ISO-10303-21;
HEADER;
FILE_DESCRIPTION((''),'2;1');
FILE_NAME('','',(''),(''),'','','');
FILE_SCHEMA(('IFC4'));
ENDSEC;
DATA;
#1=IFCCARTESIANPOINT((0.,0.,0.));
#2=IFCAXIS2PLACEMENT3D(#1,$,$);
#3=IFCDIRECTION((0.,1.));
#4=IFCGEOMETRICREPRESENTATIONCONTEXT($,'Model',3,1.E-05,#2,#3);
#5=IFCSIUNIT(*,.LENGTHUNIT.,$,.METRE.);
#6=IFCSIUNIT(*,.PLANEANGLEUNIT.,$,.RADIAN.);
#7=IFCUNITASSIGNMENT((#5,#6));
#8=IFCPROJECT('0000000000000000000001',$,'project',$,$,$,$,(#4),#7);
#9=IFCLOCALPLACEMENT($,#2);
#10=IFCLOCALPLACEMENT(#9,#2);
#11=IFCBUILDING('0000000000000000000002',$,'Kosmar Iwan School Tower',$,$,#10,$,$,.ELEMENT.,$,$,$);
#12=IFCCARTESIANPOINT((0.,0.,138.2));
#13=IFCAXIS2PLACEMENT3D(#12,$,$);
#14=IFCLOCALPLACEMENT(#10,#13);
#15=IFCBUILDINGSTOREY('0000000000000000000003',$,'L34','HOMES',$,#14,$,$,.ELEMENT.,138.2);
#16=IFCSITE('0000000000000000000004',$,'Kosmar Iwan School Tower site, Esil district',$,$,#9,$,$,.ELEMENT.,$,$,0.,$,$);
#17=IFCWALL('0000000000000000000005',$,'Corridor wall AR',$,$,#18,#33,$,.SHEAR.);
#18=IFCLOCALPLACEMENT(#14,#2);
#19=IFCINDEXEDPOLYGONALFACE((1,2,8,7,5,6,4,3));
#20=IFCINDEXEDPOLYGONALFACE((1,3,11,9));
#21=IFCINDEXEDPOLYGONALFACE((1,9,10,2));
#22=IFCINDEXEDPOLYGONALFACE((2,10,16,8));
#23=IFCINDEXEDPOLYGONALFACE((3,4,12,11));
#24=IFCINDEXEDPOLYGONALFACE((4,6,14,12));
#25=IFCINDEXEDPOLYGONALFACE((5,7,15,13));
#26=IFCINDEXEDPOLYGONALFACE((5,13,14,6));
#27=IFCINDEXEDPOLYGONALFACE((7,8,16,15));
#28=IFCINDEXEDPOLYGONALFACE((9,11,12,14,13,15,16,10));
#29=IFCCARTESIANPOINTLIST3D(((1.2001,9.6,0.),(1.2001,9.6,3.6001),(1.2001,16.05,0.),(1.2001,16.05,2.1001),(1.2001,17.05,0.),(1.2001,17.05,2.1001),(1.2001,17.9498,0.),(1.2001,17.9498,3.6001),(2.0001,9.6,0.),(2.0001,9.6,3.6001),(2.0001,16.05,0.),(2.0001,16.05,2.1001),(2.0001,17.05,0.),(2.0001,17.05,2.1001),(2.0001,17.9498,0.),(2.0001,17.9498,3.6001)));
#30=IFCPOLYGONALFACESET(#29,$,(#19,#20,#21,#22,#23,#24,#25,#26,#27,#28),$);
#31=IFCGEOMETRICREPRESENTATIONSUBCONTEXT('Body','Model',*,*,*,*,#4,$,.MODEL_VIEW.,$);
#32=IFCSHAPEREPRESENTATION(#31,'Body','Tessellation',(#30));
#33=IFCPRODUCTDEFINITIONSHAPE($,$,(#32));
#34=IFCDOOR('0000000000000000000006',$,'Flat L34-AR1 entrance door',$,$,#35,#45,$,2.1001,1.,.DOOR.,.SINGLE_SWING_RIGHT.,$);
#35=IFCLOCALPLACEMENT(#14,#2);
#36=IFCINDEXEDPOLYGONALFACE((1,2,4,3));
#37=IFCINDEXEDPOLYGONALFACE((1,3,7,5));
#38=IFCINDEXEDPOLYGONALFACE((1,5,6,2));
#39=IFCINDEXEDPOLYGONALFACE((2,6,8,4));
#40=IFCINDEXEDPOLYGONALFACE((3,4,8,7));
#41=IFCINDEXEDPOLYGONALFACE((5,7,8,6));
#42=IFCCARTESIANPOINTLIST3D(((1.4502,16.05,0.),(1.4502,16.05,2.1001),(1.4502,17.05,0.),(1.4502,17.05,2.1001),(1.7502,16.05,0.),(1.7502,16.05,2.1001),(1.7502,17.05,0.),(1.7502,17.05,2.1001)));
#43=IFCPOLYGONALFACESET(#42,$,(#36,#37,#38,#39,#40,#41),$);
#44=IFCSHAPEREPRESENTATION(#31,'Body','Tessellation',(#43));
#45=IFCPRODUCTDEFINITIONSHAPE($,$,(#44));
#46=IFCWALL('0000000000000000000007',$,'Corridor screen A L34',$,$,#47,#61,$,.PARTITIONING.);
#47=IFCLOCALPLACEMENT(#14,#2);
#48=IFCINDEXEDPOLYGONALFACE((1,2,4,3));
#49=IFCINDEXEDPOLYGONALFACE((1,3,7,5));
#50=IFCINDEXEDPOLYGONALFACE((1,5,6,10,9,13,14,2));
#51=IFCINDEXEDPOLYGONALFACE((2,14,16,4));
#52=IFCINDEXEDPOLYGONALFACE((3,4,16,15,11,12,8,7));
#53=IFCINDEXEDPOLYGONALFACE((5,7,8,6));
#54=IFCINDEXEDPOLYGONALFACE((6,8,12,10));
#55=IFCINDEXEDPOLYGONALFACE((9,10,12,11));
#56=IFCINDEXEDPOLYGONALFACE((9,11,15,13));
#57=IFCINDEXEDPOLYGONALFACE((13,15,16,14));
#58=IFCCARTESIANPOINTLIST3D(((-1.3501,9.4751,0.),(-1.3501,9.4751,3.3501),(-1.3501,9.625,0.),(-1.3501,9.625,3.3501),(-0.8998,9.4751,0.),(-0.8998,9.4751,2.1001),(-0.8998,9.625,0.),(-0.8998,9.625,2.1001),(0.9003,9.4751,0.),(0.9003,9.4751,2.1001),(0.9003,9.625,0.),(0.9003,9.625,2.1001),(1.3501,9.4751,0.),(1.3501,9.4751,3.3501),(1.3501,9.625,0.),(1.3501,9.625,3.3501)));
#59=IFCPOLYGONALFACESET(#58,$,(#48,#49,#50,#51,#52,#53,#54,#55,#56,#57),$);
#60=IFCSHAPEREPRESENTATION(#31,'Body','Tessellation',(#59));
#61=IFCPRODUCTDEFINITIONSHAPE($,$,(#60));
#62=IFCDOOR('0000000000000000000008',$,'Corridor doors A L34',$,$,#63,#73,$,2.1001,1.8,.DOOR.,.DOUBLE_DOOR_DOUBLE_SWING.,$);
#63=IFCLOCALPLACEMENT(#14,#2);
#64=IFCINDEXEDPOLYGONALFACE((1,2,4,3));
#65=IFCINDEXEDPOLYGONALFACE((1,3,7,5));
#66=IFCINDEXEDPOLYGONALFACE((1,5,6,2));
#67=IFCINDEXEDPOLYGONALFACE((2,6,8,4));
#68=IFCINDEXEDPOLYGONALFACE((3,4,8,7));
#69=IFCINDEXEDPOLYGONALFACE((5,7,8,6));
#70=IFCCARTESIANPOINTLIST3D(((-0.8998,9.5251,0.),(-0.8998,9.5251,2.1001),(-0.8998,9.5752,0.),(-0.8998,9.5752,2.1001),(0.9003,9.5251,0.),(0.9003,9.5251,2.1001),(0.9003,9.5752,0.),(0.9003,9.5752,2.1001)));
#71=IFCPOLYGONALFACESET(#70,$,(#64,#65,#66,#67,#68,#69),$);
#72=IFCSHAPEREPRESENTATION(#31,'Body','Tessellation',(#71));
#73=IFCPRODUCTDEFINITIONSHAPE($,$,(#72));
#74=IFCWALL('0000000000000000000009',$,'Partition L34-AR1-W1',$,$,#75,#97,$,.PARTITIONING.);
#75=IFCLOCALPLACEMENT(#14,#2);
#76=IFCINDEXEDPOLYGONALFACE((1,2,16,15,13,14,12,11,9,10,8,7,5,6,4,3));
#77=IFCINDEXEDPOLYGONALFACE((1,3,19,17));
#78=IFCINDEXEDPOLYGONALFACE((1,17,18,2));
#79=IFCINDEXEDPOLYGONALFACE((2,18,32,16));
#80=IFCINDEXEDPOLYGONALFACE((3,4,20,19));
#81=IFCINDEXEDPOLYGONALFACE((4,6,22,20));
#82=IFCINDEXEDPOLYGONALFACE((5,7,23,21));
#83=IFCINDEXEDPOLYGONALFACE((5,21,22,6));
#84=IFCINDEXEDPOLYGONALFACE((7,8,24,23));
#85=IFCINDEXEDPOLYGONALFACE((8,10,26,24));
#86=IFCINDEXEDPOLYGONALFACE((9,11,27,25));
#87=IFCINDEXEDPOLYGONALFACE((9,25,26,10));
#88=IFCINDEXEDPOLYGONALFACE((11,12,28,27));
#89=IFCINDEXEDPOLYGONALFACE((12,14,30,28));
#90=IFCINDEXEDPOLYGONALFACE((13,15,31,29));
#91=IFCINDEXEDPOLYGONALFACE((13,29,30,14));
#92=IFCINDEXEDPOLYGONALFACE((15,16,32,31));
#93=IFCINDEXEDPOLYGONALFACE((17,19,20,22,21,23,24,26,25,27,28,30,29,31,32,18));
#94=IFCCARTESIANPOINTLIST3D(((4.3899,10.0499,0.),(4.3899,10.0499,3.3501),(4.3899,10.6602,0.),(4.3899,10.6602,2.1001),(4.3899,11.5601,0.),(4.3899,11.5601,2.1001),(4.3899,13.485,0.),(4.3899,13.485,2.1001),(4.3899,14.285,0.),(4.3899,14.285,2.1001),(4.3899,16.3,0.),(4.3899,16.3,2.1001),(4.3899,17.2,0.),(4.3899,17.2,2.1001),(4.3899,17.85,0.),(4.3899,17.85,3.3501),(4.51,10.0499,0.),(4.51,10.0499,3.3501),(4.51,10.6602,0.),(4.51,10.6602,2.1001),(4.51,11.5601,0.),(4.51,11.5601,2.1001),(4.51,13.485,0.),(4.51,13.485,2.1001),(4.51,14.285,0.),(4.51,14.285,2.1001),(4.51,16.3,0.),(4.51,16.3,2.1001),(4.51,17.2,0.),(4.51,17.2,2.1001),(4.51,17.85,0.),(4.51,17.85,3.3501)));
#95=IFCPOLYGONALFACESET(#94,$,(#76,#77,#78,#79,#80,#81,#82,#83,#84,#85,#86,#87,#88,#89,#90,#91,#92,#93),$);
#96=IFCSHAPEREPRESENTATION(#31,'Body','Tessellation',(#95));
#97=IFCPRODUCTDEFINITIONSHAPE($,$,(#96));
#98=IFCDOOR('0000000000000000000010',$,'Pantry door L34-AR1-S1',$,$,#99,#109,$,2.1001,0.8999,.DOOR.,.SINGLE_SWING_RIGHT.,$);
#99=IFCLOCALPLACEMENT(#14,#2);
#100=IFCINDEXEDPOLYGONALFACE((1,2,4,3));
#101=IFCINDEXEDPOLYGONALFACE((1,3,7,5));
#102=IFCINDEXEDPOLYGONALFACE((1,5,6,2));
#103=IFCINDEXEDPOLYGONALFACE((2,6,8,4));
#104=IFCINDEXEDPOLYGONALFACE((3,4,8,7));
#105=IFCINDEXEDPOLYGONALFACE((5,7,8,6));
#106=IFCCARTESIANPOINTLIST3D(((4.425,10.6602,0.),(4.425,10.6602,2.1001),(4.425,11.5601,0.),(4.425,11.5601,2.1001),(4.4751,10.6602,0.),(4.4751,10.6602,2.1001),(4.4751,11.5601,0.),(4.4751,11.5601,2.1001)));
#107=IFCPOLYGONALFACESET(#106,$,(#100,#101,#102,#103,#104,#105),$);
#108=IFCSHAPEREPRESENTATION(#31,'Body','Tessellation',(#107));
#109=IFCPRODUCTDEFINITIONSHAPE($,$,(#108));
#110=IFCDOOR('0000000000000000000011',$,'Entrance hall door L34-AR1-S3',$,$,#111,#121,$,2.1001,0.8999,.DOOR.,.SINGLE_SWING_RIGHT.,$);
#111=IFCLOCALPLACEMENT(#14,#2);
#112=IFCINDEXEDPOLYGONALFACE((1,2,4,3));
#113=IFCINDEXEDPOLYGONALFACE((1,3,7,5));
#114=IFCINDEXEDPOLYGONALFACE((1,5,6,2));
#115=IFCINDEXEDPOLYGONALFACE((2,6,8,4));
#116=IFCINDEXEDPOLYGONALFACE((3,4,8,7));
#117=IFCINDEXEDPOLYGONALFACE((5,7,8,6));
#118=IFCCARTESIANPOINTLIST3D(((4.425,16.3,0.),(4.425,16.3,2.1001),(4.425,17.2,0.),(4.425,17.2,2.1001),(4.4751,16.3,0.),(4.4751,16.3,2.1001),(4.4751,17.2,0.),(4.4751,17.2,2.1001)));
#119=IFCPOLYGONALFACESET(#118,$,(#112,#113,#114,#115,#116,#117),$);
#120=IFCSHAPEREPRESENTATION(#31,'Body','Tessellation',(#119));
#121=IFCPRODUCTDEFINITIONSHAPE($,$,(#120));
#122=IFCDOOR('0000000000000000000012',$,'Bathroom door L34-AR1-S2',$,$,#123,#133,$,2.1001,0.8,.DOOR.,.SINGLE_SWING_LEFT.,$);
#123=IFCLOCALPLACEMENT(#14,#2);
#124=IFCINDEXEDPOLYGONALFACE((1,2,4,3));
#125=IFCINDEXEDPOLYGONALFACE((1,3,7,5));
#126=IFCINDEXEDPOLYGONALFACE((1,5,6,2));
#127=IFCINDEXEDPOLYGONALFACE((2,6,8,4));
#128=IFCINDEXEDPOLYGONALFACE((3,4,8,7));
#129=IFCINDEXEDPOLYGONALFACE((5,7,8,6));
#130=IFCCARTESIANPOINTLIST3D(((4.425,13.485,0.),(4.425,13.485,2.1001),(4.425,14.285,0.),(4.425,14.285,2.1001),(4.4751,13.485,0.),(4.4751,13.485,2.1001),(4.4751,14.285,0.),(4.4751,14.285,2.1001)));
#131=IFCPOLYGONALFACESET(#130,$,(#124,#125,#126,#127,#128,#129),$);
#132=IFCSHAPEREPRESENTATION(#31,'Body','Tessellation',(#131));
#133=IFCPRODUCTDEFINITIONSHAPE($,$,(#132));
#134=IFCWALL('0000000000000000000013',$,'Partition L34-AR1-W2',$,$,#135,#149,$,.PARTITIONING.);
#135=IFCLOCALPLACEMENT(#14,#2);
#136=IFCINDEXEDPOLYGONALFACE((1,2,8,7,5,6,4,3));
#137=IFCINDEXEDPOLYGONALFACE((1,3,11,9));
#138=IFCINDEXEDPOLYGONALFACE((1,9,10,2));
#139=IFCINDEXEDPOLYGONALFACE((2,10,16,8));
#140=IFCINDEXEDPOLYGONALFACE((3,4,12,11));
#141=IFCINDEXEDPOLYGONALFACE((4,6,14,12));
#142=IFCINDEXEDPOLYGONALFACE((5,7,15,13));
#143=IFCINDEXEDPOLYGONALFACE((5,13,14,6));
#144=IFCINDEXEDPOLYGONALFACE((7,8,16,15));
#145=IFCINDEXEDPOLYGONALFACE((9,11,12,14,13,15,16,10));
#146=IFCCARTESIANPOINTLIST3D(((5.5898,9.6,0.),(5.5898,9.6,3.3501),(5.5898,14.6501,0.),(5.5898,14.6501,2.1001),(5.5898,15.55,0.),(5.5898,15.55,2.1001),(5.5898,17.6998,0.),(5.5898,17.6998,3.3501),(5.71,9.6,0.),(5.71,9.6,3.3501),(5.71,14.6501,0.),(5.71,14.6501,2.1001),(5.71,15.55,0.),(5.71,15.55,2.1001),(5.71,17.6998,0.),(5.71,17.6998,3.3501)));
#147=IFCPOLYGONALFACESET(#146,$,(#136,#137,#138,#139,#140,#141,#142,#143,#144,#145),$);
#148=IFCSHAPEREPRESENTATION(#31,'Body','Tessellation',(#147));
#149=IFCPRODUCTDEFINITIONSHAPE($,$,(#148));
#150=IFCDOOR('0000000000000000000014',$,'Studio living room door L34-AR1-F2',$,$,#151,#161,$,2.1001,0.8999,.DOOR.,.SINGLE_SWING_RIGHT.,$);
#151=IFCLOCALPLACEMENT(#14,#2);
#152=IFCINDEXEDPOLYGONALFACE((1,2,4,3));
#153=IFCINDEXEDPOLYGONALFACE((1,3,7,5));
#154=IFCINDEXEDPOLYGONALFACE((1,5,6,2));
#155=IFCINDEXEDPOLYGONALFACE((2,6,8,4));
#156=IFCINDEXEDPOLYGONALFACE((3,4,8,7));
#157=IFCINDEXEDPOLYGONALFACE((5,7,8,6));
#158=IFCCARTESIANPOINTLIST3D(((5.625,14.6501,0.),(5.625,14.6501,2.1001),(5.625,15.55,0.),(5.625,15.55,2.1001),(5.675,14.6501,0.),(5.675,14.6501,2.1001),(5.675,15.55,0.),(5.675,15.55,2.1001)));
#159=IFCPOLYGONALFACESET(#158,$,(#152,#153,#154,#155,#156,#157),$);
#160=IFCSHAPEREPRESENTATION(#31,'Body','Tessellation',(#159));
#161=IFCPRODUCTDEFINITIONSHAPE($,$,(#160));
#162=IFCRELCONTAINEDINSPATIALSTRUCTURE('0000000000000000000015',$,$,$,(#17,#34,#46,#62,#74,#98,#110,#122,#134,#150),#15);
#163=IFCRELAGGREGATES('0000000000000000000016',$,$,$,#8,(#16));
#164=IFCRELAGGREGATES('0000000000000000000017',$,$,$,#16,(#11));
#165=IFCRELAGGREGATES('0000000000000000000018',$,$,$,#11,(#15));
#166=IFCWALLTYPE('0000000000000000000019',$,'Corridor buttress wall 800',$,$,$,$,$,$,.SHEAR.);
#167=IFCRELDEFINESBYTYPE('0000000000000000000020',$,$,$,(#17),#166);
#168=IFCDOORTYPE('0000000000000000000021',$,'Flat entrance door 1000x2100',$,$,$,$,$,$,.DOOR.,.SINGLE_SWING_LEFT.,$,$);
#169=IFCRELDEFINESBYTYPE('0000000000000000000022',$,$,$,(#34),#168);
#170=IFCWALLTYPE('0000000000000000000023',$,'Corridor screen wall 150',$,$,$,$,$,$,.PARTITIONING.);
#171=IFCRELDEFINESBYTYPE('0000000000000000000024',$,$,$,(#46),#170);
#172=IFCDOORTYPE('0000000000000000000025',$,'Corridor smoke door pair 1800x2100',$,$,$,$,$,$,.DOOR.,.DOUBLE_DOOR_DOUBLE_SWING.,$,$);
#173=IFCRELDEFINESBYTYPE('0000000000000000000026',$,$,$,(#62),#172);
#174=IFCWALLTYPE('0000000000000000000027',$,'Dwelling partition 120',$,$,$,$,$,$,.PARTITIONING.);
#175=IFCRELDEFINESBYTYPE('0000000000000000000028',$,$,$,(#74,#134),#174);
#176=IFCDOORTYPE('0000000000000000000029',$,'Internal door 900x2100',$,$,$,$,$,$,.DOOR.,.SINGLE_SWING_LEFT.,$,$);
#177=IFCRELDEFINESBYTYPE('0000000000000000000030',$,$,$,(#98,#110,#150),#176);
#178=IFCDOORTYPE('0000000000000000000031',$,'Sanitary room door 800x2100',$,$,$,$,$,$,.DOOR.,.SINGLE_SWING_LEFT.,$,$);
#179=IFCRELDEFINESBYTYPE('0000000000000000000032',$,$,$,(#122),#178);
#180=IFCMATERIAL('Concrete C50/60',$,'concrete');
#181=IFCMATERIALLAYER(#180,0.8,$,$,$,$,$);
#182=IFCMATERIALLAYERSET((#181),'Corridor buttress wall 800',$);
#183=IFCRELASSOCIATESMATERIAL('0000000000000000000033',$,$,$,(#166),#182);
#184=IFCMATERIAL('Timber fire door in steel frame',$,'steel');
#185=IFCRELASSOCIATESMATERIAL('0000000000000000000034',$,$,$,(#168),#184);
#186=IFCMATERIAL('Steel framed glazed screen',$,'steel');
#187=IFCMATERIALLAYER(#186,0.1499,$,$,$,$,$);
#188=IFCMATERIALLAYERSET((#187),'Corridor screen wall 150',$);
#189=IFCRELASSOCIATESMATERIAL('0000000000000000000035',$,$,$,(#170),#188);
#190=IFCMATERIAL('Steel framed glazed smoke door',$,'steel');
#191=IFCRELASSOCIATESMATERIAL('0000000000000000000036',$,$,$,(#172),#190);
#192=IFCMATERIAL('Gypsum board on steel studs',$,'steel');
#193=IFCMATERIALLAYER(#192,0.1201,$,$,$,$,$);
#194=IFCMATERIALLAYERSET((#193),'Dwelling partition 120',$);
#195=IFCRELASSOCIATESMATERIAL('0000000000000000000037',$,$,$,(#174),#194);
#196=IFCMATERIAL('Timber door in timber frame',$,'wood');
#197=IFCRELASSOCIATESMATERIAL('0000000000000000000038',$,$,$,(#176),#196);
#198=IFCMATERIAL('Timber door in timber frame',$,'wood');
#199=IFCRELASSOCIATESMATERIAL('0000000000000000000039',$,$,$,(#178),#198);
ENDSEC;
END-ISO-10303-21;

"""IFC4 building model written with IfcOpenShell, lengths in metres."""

from ifc_helpers import new_model, si_unit, direction, frame, frame_2d, origin, place, context, subcontext, project, spatial, rectangle, extrude, material, layer, layer_set, type_object, element, fill, save


model = new_model("IFC4")

# Units and contexts
model_context = context("Model", 3, precision=1e-05, world=origin(), true_north=direction((0.0, 1.0)))
body_context = subcontext(model_context, "Body", "Model", "MODEL_VIEW")
ifc_project = project(units=[si_unit("LENGTHUNIT", "METRE"), si_unit("PLANEANGLEUNIT", "RADIAN")], contexts=[model_context])

# Site, building, storey
site_placement = place(None, origin())
site = spatial("IfcSite", under=ifc_project, at=site_placement, Name="Kosmar Iwan School Tower site, Esil district", CompositionType="ELEMENT", RefElevation=0.0)
building_placement = place(site_placement, origin())
building = spatial("IfcBuilding", under=site, at=building_placement, Name="Kosmar Iwan School Tower", CompositionType="ELEMENT")
storey_placement = place(building_placement, frame((0.0, 0.0, 138.2)))
storey = spatial("IfcBuildingStorey", under=building, at=storey_placement, Name="L34", Description="HOMES", CompositionType="ELEMENT", Elevation=138.2)

# Walls, openings, doors
ifc_material_1 = material(Name="Concrete C50/60", Category="concrete")
ifc_layer_1 = layer(ifc_material_1, 0.8)
ifc_layer_set_1 = layer_set([ifc_layer_1], Name="Corridor buttress wall 800")
wall_type_1 = type_object("IfcWallType", Name="Corridor buttress wall 800", PredefinedType="SHEAR", material=ifc_layer_set_1)
wall_1_placement = place(storey_placement, frame((1.6001, 9.6001, 0.0), z_axis=(0.0, 0.0, 1.0), x_axis=(0.0, 1.0, 0.0)))
wall_1 = element("IfcWall", 1, at=wall_1_placement, inside=storey, type_object=wall_type_1, Name="Corridor wall AR", PredefinedType="SHEAR", context=body_context, shape_type="SweptSolid", body=[
    extrude(rectangle(XDim=8.3499, YDim=0.8, at=frame_2d((4.1748, 0.0))), origin(), (0.0, 0.0, 1.0), 3.6001),
])
opening_1_placement = place(wall_1_placement, frame((6.45, 0.0, 0.0)))
opening_1 = element("IfcOpeningElement", 2, at=opening_1_placement, cuts=wall_1, PredefinedType="OPENING", context=body_context, shape_type="SweptSolid", body=[
    extrude(rectangle(XDim=1.0, YDim=2.1001, at=frame_2d((0.5, 1.05))), frame((0.0, 0.4121, 0.0), z_axis=(0.0, -1.0, 0.0), x_axis=(1.0, 0.0, 0.0)), (0.0, 0.0, 1.0), 0.824),
])
ifc_material_2 = material(Name="Timber fire door in steel frame", Category="steel")
door_type_1 = type_object("IfcDoorType", Name="Flat entrance door 1000x2100", OperationType="SINGLE_SWING_LEFT", PredefinedType="DOOR", material=ifc_material_2)
door_1_placement = place(opening_1_placement, origin())
door_1 = element("IfcDoor", 3, at=door_1_placement, inside=storey, type_object=door_type_1, Name="Flat L34-AR1 entrance door", OperationType="SINGLE_SWING_RIGHT", OverallHeight=2.1001, OverallWidth=1.0, PredefinedType="DOOR", context=body_context, shape_type="SweptSolid", body=[
    extrude(rectangle(XDim=1.0, YDim=2.1001, at=frame_2d((0.5, 1.05))), frame((0.0, 0.1499, 0.0), z_axis=(0.0, -1.0, 0.0), x_axis=(1.0, 0.0, 0.0)), (0.0, 0.0, 1.0), 0.3),
])
fill(opening_1, door_1)
ifc_material_3 = material(Name="Steel framed glazed screen", Category="steel")
ifc_layer_2 = layer(ifc_material_3, 0.1499)
ifc_layer_set_2 = layer_set([ifc_layer_2], Name="Corridor screen wall 150")
wall_type_2 = type_object("IfcWallType", Name="Corridor screen wall 150", PredefinedType="PARTITIONING", material=ifc_layer_set_2)
wall_2_placement = place(storey_placement, frame((1.3501, 9.55, 0.0), z_axis=(0.0, 0.0, 1.0), x_axis=(-1.0, 0.0, 0.0)))
wall_2 = element("IfcWall", 4, at=wall_2_placement, inside=storey, type_object=wall_type_2, Name="Corridor screen A L34", PredefinedType="PARTITIONING", context=body_context, shape_type="SweptSolid", body=[
    extrude(rectangle(XDim=2.7002, YDim=0.1499, at=frame_2d((1.3501, 0.0))), origin(), (0.0, 0.0, 1.0), 3.3501),
])
opening_2_placement = place(wall_2_placement, frame((0.45, 0.0, 0.0)))
opening_2 = element("IfcOpeningElement", 5, at=opening_2_placement, cuts=wall_2, PredefinedType="OPENING", context=body_context, shape_type="SweptSolid", body=[
    extrude(rectangle(XDim=1.8, YDim=2.1001, at=frame_2d((0.8999, 1.05))), frame((0.0, 0.0869, 0.0), z_axis=(0.0, -1.0, 0.0), x_axis=(1.0, 0.0, 0.0)), (0.0, 0.0, 1.0), 0.1738),
])
ifc_material_4 = material(Name="Steel framed glazed smoke door", Category="steel")
door_type_2 = type_object("IfcDoorType", Name="Corridor smoke door pair 1800x2100", OperationType="DOUBLE_DOOR_DOUBLE_SWING", PredefinedType="DOOR", material=ifc_material_4)
door_2_placement = place(opening_2_placement, origin())
door_2 = element("IfcDoor", 6, at=door_2_placement, inside=storey, type_object=door_type_2, Name="Corridor doors A L34", OperationType="DOUBLE_DOOR_DOUBLE_SWING", OverallHeight=2.1001, OverallWidth=1.8, PredefinedType="DOOR", context=body_context, shape_type="SweptSolid", body=[
    extrude(rectangle(XDim=1.8, YDim=2.1001, at=frame_2d((0.8999, 1.05))), frame((0.0, 0.0249, 0.0), z_axis=(0.0, -1.0, 0.0), x_axis=(1.0, 0.0, 0.0)), (0.0, 0.0, 1.0), 0.05),
])
fill(opening_2, door_2)

# Wall, openings, doors
ifc_material_5 = material(Name="Gypsum board on steel studs", Category="steel")
ifc_layer_3 = layer(ifc_material_5, 0.1201)
ifc_layer_set_3 = layer_set([ifc_layer_3], Name="Dwelling partition 120")
wall_type_3 = type_object("IfcWallType", Name="Dwelling partition 120", PredefinedType="PARTITIONING", material=ifc_layer_set_3)
wall_3_placement = place(storey_placement, frame((4.45, 10.05, 0.0), z_axis=(0.0, 0.0, 1.0), x_axis=(0.0, 1.0, 0.0)))
wall_3 = element("IfcWall", 7, at=wall_3_placement, inside=storey, type_object=wall_type_3, Name="Partition L34-AR1-W1", PredefinedType="PARTITIONING", context=body_context, shape_type="SweptSolid", body=[
    extrude(rectangle(XDim=7.8, YDim=0.1201, at=frame_2d((3.8999, 0.0))), origin(), (0.0, 0.0, 1.0), 3.3501),
])
opening_3_placement = place(wall_3_placement, frame((0.6101, 0.0, 0.0)))
opening_3 = element("IfcOpeningElement", 8, at=opening_3_placement, cuts=wall_3, PredefinedType="OPENING", context=body_context, shape_type="SweptSolid", body=[
    extrude(rectangle(XDim=0.8999, YDim=2.1001, at=frame_2d((0.45, 1.05))), frame((0.0, 0.072, 0.0), z_axis=(0.0, -1.0, 0.0), x_axis=(1.0, 0.0, 0.0)), (0.0, 0.0, 1.0), 0.144),
])
opening_4_placement = place(wall_3_placement, frame((3.4351, 0.0, 0.0)))
opening_4 = element("IfcOpeningElement", 9, at=opening_4_placement, cuts=wall_3, PredefinedType="OPENING", context=body_context, shape_type="SweptSolid", body=[
    extrude(rectangle(XDim=0.8, YDim=2.1001, at=frame_2d((0.3999, 1.05))), frame((0.0, 0.072, 0.0), z_axis=(0.0, -1.0, 0.0), x_axis=(1.0, 0.0, 0.0)), (0.0, 0.0, 1.0), 0.144),
])
opening_5_placement = place(wall_3_placement, frame((6.25, 0.0, 0.0)))
opening_5 = element("IfcOpeningElement", 10, at=opening_5_placement, cuts=wall_3, PredefinedType="OPENING", context=body_context, shape_type="SweptSolid", body=[
    extrude(rectangle(XDim=0.8999, YDim=2.1001, at=frame_2d((0.45, 1.05))), frame((0.0, 0.072, 0.0), z_axis=(0.0, -1.0, 0.0), x_axis=(1.0, 0.0, 0.0)), (0.0, 0.0, 1.0), 0.144),
])
ifc_material_6 = material(Name="Timber door in timber frame", Category="wood")
door_type_3 = type_object("IfcDoorType", Name="Internal door 900x2100", OperationType="SINGLE_SWING_LEFT", PredefinedType="DOOR", material=ifc_material_6)
door_3_placement = place(opening_3_placement, origin())
door_3 = element("IfcDoor", 11, at=door_3_placement, inside=storey, type_object=door_type_3, Name="Pantry door L34-AR1-S1", OperationType="SINGLE_SWING_RIGHT", OverallHeight=2.1001, OverallWidth=0.8999, PredefinedType="DOOR", context=body_context, shape_type="SweptSolid", body=[
    extrude(rectangle(XDim=0.8999, YDim=2.1001, at=frame_2d((0.45, 1.05))), frame((0.0, 0.0249, 0.0), z_axis=(0.0, -1.0, 0.0), x_axis=(1.0, 0.0, 0.0)), (0.0, 0.0, 1.0), 0.05),
])
fill(opening_3, door_3)
door_4_placement = place(opening_5_placement, origin())
door_4 = element("IfcDoor", 12, at=door_4_placement, inside=storey, type_object=door_type_3, Name="Entrance hall door L34-AR1-S3", OperationType="SINGLE_SWING_RIGHT", OverallHeight=2.1001, OverallWidth=0.8999, PredefinedType="DOOR", context=body_context, shape_type="SweptSolid", body=[
    extrude(rectangle(XDim=0.8999, YDim=2.1001, at=frame_2d((0.45, 1.05))), frame((0.0, 0.0249, 0.0), z_axis=(0.0, -1.0, 0.0), x_axis=(1.0, 0.0, 0.0)), (0.0, 0.0, 1.0), 0.05),
])
fill(opening_5, door_4)
ifc_material_7 = material(Name="Timber door in timber frame", Category="wood")
door_type_4 = type_object("IfcDoorType", Name="Sanitary room door 800x2100", OperationType="SINGLE_SWING_LEFT", PredefinedType="DOOR", material=ifc_material_7)
door_5_placement = place(opening_4_placement, origin())
door_5 = element("IfcDoor", 13, at=door_5_placement, inside=storey, type_object=door_type_4, Name="Bathroom door L34-AR1-S2", OperationType="SINGLE_SWING_LEFT", OverallHeight=2.1001, OverallWidth=0.8, PredefinedType="DOOR", context=body_context, shape_type="SweptSolid", body=[
    extrude(rectangle(XDim=0.8, YDim=2.1001, at=frame_2d((0.3999, 1.05))), frame((0.0, 0.0249, 0.0), z_axis=(0.0, -1.0, 0.0), x_axis=(1.0, 0.0, 0.0)), (0.0, 0.0, 1.0), 0.05),
])
fill(opening_4, door_5)

# Wall, opening, door
wall_4_placement = place(storey_placement, frame((5.6499, 9.6001, 0.0), z_axis=(0.0, 0.0, 1.0), x_axis=(0.0, 1.0, 0.0)))
wall_4 = element("IfcWall", 14, at=wall_4_placement, inside=storey, type_object=wall_type_3, Name="Partition L34-AR1-W2", PredefinedType="PARTITIONING", context=body_context, shape_type="SweptSolid", body=[
    extrude(rectangle(XDim=8.0999, YDim=0.1201, at=frame_2d((4.0498, 0.0))), origin(), (0.0, 0.0, 1.0), 3.3501),
])
opening_6_placement = place(wall_4_placement, frame((5.05, 0.0, 0.0)))
opening_6 = element("IfcOpeningElement", 15, at=opening_6_placement, cuts=wall_4, PredefinedType="OPENING", context=body_context, shape_type="SweptSolid", body=[
    extrude(rectangle(XDim=0.8999, YDim=2.1001, at=frame_2d((0.45, 1.05))), frame((0.0, 0.072, 0.0), z_axis=(0.0, -1.0, 0.0), x_axis=(1.0, 0.0, 0.0)), (0.0, 0.0, 1.0), 0.144),
])
door_6_placement = place(opening_6_placement, origin())
door_6 = element("IfcDoor", 16, at=door_6_placement, inside=storey, type_object=door_type_3, Name="Studio living room door L34-AR1-F2", OperationType="SINGLE_SWING_RIGHT", OverallHeight=2.1001, OverallWidth=0.8999, PredefinedType="DOOR", context=body_context, shape_type="SweptSolid", body=[
    extrude(rectangle(XDim=0.8999, YDim=2.1001, at=frame_2d((0.45, 1.05))), frame((0.0, 0.0249, 0.0), z_axis=(0.0, -1.0, 0.0), x_axis=(1.0, 0.0, 0.0)), (0.0, 0.0, 1.0), 0.05),
])
fill(opening_6, door_6)

save(model, "model.ifc")
